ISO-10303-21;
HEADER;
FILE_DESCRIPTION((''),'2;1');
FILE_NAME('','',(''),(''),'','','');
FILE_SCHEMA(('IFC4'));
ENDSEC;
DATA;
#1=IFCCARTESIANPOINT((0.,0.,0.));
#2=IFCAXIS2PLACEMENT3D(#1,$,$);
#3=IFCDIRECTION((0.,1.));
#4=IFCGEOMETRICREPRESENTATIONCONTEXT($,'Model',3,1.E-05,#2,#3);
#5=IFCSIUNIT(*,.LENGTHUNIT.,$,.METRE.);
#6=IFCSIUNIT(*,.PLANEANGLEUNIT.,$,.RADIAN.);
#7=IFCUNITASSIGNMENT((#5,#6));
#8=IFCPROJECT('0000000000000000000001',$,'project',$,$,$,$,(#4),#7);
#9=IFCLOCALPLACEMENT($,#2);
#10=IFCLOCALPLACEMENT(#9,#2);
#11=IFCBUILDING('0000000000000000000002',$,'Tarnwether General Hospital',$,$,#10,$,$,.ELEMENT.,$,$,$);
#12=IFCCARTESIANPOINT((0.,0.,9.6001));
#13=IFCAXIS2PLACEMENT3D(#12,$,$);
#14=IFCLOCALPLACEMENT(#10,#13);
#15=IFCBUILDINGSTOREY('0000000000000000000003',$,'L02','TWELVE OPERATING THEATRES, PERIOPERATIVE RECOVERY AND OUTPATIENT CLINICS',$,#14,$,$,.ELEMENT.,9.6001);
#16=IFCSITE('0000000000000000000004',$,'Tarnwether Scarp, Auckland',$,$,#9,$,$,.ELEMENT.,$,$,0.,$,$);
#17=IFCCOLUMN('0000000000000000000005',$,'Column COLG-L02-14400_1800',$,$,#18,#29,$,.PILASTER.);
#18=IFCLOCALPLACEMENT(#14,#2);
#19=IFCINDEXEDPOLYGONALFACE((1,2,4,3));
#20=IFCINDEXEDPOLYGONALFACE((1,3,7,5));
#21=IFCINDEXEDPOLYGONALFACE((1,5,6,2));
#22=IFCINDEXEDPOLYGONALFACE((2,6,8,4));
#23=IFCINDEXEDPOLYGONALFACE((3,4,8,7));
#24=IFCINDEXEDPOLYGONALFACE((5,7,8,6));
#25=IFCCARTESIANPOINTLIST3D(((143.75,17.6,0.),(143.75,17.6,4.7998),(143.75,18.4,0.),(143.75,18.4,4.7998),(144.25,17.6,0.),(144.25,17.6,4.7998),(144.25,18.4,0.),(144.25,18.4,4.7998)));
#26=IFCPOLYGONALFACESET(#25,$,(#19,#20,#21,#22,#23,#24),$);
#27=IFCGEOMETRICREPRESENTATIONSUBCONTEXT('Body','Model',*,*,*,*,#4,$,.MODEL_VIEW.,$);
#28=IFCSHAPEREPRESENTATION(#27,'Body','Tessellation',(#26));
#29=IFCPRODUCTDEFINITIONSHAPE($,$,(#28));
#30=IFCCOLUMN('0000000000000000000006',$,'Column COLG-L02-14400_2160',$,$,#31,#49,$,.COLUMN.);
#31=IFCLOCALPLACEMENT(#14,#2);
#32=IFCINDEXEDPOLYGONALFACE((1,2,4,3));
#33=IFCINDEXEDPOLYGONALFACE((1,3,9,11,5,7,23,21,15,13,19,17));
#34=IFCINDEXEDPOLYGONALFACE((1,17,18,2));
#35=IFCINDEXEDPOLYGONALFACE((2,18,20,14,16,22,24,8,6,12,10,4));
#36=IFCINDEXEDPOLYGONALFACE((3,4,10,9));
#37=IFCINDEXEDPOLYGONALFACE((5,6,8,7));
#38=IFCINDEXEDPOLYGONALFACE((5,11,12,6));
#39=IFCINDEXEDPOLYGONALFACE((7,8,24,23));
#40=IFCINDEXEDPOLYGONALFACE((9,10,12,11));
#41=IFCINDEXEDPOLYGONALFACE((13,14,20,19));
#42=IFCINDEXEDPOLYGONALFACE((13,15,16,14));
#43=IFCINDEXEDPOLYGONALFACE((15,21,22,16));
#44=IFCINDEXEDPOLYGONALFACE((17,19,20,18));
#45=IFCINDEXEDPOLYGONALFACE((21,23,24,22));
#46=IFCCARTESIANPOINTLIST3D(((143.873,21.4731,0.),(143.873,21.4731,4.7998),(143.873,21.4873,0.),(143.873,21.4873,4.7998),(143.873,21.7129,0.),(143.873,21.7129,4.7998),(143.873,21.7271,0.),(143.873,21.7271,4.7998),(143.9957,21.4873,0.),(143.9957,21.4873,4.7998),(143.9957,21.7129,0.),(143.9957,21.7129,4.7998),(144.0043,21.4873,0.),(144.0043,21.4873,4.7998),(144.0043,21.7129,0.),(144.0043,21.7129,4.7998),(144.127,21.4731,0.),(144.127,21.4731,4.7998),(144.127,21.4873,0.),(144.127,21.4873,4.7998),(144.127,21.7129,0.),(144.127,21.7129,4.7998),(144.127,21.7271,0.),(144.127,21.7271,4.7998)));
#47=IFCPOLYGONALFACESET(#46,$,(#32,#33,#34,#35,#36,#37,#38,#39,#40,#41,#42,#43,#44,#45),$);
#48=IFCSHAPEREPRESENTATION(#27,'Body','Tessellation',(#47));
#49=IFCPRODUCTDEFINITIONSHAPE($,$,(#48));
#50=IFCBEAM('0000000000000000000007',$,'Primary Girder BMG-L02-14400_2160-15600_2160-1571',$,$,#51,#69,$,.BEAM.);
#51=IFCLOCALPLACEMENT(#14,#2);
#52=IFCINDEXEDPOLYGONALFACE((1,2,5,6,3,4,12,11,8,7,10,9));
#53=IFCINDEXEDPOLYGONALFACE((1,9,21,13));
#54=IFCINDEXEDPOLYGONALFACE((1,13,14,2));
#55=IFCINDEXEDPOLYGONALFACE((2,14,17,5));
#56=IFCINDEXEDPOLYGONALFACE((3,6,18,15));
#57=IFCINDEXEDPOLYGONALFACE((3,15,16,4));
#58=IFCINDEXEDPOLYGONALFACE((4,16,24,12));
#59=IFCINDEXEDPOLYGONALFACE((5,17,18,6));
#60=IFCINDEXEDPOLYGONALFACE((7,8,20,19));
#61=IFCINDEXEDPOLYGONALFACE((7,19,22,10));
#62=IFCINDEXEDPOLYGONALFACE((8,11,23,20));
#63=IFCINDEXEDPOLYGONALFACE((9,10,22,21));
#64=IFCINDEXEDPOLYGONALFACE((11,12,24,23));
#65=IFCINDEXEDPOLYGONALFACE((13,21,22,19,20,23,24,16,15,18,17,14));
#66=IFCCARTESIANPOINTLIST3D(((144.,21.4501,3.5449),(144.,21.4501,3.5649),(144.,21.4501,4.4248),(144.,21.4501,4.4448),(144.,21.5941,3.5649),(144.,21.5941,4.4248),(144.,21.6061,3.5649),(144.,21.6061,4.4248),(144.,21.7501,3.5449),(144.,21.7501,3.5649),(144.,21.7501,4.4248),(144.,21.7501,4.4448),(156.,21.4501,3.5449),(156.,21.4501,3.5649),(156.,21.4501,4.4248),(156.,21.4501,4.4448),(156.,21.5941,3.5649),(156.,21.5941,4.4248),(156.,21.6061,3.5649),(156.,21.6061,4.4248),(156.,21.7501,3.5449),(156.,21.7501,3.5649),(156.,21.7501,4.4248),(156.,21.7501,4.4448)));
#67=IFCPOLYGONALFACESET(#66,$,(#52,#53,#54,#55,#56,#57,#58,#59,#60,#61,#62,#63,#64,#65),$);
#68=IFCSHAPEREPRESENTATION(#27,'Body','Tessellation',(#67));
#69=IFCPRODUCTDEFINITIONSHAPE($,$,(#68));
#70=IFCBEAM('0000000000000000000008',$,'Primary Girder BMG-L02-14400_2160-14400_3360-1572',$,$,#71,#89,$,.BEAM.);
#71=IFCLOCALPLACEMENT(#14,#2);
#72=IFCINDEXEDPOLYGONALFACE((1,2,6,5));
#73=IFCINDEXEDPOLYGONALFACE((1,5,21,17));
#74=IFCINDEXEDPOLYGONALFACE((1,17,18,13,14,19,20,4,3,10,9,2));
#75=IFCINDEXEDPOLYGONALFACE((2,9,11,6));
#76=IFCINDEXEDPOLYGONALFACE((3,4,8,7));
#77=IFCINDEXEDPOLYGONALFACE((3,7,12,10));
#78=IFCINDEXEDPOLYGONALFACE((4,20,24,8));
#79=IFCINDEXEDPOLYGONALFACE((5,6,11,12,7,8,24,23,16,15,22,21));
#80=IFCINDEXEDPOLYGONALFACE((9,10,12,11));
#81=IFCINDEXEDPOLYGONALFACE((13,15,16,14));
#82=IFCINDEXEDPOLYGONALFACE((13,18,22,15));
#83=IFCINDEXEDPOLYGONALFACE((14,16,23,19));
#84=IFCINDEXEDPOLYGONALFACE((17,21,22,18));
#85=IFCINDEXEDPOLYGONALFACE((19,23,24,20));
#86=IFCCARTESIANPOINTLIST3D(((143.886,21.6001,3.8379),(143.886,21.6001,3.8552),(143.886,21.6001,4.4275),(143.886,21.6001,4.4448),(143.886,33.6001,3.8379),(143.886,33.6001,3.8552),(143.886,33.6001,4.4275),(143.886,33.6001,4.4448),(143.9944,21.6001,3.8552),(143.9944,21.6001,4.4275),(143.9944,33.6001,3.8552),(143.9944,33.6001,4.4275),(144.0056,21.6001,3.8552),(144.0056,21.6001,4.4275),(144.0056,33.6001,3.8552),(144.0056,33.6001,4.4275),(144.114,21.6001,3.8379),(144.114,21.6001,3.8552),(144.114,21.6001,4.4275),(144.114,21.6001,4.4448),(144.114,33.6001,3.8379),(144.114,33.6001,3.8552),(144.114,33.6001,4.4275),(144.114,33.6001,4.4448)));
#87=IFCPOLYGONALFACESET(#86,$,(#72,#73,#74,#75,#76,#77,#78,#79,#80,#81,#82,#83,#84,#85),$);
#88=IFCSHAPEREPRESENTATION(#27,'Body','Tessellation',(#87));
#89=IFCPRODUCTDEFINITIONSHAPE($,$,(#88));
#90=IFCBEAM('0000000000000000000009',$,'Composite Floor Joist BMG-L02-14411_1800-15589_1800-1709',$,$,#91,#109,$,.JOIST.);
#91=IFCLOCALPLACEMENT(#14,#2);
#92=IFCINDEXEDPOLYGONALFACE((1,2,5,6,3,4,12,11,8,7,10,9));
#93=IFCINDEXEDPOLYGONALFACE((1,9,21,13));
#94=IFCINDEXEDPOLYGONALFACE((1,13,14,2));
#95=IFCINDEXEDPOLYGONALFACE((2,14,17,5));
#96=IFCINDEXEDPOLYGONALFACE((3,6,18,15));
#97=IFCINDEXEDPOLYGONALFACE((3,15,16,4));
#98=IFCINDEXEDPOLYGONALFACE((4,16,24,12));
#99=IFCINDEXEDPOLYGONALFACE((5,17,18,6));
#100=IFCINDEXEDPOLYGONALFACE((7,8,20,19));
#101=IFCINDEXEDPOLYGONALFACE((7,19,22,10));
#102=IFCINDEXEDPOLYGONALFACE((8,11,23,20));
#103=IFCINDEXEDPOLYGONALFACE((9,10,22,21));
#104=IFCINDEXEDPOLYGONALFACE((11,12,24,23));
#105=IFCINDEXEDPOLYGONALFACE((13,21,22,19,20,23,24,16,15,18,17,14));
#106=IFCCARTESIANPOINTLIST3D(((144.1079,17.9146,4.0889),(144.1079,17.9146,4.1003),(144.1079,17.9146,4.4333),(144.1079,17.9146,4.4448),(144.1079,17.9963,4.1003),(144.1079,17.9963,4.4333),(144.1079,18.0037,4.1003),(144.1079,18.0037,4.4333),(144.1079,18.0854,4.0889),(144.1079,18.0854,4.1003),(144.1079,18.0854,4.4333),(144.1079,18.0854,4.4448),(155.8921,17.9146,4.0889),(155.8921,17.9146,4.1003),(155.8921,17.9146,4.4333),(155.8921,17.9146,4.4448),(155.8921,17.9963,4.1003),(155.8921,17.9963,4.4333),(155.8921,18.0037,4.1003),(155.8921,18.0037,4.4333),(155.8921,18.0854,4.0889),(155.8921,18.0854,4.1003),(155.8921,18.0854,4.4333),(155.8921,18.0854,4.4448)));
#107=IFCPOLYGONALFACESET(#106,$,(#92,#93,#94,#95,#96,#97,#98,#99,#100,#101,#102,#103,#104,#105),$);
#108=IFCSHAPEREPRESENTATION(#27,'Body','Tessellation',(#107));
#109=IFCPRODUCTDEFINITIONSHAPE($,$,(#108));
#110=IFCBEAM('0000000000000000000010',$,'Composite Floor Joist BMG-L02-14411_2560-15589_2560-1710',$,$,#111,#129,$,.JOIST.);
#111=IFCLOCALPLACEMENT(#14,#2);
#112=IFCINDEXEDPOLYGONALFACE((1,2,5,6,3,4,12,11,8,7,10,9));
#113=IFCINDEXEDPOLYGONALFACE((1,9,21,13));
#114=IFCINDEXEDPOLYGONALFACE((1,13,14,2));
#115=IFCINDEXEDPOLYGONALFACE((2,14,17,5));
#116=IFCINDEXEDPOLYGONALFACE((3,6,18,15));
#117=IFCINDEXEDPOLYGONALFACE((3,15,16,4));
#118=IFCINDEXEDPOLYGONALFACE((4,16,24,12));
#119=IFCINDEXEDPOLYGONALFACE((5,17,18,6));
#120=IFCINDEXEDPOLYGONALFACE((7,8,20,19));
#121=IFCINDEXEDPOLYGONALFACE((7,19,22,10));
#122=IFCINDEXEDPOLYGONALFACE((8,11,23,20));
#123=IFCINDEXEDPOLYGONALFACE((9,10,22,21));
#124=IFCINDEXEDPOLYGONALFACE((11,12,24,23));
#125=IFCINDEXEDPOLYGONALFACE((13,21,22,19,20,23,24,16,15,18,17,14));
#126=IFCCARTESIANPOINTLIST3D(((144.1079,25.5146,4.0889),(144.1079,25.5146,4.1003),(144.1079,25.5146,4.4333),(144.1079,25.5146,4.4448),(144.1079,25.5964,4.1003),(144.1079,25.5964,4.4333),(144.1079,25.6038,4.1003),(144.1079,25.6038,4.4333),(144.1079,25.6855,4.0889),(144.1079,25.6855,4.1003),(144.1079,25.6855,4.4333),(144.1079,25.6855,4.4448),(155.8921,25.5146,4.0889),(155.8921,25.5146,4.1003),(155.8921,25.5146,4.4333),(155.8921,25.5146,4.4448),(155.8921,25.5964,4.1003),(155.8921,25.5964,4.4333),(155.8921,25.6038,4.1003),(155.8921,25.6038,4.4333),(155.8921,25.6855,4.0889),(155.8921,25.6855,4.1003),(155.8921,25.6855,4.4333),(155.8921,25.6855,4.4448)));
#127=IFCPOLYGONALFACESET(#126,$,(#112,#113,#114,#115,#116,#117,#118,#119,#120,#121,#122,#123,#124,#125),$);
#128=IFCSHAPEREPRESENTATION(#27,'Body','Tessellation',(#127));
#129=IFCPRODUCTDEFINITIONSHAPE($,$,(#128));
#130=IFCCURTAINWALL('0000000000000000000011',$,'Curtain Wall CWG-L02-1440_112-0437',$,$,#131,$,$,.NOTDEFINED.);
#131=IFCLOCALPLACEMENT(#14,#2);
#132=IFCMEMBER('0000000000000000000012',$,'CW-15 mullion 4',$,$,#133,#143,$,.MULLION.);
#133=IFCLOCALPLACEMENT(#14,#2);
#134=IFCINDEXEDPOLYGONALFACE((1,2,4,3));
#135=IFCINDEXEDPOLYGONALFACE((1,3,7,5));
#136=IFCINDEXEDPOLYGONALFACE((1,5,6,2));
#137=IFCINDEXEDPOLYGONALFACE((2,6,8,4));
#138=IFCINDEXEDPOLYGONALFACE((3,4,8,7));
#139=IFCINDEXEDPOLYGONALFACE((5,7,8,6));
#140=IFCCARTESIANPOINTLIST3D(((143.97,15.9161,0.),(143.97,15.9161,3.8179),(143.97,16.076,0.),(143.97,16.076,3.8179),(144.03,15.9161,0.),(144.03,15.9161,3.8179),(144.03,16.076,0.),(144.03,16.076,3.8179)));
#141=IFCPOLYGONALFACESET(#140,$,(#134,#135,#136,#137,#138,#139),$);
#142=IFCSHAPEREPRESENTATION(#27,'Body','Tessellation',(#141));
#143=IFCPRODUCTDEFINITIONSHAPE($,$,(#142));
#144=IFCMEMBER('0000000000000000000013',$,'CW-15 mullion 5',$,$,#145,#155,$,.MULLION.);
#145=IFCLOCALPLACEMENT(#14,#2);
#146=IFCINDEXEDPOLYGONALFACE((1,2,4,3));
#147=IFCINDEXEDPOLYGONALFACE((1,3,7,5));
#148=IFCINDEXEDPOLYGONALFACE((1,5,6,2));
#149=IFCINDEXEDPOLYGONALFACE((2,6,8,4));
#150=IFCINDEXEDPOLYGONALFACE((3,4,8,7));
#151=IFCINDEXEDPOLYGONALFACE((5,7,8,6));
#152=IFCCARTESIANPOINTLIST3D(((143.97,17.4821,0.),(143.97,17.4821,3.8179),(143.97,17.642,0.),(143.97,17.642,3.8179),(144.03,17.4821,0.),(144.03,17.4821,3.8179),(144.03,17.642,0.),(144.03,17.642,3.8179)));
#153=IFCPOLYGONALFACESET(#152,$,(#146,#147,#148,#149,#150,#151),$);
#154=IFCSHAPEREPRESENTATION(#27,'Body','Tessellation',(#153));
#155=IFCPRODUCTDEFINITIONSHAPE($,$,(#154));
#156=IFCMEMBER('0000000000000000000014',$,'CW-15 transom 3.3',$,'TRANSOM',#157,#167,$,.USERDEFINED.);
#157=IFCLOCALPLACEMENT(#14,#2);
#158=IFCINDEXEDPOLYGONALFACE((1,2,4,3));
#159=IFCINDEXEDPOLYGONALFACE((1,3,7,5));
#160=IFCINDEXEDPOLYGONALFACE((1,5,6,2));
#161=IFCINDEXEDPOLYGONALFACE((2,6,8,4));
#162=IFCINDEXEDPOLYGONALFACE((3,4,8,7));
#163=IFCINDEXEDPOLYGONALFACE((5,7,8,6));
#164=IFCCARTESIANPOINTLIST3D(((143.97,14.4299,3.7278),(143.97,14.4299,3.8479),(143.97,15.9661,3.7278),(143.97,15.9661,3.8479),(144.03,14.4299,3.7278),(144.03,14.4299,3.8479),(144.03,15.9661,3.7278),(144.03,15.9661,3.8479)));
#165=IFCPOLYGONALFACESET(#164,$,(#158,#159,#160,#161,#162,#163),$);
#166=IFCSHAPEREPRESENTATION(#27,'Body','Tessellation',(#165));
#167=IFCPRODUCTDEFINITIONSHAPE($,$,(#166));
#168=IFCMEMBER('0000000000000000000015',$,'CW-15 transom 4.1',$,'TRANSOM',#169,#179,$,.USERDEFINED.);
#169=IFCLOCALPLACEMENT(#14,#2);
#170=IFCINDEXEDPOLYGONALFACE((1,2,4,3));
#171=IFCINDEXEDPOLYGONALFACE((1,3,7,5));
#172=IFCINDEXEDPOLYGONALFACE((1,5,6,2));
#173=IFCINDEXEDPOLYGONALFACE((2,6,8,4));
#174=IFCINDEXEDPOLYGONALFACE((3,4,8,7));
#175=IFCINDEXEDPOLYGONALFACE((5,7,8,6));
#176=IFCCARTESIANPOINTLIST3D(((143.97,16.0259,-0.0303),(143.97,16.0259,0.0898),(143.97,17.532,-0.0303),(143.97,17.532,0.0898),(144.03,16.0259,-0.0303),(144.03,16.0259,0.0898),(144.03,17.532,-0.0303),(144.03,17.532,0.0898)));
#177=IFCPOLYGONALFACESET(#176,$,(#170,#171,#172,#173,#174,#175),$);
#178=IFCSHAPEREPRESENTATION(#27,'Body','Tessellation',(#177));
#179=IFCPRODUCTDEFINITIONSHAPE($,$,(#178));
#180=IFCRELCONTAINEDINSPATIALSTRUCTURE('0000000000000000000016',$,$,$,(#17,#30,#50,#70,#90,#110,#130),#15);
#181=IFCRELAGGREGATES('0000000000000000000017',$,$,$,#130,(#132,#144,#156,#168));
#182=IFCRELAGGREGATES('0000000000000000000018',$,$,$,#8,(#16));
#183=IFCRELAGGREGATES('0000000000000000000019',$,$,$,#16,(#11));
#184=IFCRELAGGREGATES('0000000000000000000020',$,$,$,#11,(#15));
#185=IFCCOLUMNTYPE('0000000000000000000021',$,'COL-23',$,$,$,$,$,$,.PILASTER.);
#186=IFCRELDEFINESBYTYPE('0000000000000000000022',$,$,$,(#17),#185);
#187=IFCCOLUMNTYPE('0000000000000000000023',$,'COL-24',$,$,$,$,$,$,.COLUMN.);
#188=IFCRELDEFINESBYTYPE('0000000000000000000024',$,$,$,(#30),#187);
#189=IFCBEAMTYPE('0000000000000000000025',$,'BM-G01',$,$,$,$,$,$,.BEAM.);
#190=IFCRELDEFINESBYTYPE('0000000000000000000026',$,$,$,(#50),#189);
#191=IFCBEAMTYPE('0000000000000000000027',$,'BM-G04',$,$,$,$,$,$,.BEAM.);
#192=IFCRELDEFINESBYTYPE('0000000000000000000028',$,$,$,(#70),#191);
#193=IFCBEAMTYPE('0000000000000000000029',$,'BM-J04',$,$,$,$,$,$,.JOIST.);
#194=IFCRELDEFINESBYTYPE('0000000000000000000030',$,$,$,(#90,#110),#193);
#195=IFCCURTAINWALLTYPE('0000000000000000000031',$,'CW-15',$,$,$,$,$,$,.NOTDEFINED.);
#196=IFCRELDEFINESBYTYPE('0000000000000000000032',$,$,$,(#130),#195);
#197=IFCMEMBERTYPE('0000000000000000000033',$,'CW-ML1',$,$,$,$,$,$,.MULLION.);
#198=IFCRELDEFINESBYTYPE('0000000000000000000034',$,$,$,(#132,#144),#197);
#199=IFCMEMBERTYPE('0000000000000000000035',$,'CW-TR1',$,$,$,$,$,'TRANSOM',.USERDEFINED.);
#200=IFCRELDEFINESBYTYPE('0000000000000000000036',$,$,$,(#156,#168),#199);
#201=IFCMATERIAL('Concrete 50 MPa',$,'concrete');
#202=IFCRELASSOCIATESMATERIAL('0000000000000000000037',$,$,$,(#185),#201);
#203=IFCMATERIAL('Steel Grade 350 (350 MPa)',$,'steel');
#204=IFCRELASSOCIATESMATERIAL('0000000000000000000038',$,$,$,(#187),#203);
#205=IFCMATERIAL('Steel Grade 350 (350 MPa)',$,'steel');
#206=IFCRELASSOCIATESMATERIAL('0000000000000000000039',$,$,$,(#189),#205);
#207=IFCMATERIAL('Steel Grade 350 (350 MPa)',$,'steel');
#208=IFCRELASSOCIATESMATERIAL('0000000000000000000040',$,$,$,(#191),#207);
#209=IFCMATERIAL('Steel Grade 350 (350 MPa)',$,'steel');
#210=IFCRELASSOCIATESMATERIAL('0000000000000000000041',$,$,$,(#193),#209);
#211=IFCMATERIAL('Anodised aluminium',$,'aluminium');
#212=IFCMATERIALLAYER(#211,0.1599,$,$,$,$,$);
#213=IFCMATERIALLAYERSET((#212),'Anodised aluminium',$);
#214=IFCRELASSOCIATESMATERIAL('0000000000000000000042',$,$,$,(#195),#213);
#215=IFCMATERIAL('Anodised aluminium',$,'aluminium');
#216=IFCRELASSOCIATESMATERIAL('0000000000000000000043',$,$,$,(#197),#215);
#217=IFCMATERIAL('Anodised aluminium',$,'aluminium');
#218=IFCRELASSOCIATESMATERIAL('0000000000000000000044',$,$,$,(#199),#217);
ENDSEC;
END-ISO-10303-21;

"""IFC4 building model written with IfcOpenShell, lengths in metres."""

from ifc_helpers import new_model, si_unit, direction, frame, origin, origin_2d, place, context, subcontext, project, spatial, rectangle, i_section, extrude, material, layer, layer_set, material_profile, profile_set, type_object, element, aggregate, save


model = new_model("IFC4")

# Units and contexts
model_context = context("Model", 3, precision=1e-05, world=origin(), true_north=direction((0.0, 1.0)))
body_context = subcontext(model_context, "Body", "Model", "MODEL_VIEW")
ifc_project = project(units=[si_unit("LENGTHUNIT", "METRE"), si_unit("PLANEANGLEUNIT", "RADIAN")], contexts=[model_context])

# Site, building, storey
site_placement = place(None, origin())
site = spatial("IfcSite", under=ifc_project, at=site_placement, Name="Tarnwether Scarp, Auckland", CompositionType="ELEMENT", RefElevation=0.0)
building_placement = place(site_placement, origin())
building = spatial("IfcBuilding", under=site, at=building_placement, Name="Tarnwether General Hospital", CompositionType="ELEMENT")
storey_placement = place(building_placement, frame((0.0, 0.0, 9.6001)))
storey = spatial("IfcBuildingStorey", under=building, at=storey_placement, Name="L02", Description="TWELVE OPERATING THEATRES, PERIOPERATIVE RECOVERY AND OUTPATIENT CLINICS", CompositionType="ELEMENT", Elevation=9.6001)

# Columns
ifc_material_1 = material(Name="Concrete 50 MPa", Category="concrete")
ifc_material_profile_1 = material_profile(ifc_material_1, rectangle(XDim=0.5, YDim=0.8, at=origin_2d()), Name="RC-PIL-500x800")
ifc_profile_set_1 = profile_set([ifc_material_profile_1], Name="Concrete 50 MPa")
column_type_1 = type_object("IfcColumnType", Name="COL-23", PredefinedType="PILASTER", material=ifc_profile_set_1)
column_1_placement = place(storey_placement, frame((144.0, 18.0, 0.0), z_axis=(0.0, 0.0, 1.0), x_axis=(1.0, 0.0, 0.0)))
element("IfcColumn", 1, at=column_1_placement, inside=storey, type_object=column_type_1, Name="Column COLG-L02-14400_1800", PredefinedType="PILASTER", context=body_context, shape_type="SweptSolid", body=[
    extrude(rectangle(XDim=0.5, YDim=0.8, at=origin_2d()), origin(), (0.0, 0.0, 1.0), 4.7998),
])
ifc_material_2 = material(Name="Steel Grade 350 (350 MPa)", Category="steel")
ifc_material_profile_2 = material_profile(ifc_material_2, i_section(OverallWidth=0.2539, OverallDepth=0.2539, WebThickness=0.0085, FlangeThickness=0.0142, at=origin_2d()), Name="250UC72.9")
ifc_profile_set_2 = profile_set([ifc_material_profile_2], Name="Steel Grade 350 (350 MPa)")
column_type_2 = type_object("IfcColumnType", Name="COL-24", PredefinedType="COLUMN", material=ifc_profile_set_2)
column_2_placement = place(storey_placement, frame((144.0, 21.6001, 0.0), z_axis=(0.0, 0.0, 1.0), x_axis=(1.0, 0.0, 0.0)))
element("IfcColumn", 2, at=column_2_placement, inside=storey, type_object=column_type_2, Name="Column COLG-L02-14400_2160", PredefinedType="COLUMN", context=body_context, shape_type="SweptSolid", body=[
    extrude(i_section(OverallWidth=0.2539, OverallDepth=0.2539, WebThickness=0.0085, FlangeThickness=0.0142, at=origin_2d()), origin(), (0.0, 0.0, 1.0), 4.7998),
])

# Beams
ifc_material_3 = material(Name="Steel Grade 350 (350 MPa)", Category="steel")
ifc_material_profile_3 = material_profile(ifc_material_3, i_section(OverallWidth=0.3, OverallDepth=0.8999, WebThickness=0.012, FlangeThickness=0.02, at=origin_2d()), Name="900WB175")
ifc_profile_set_3 = profile_set([ifc_material_profile_3], Name="Steel Grade 350 (350 MPa)")
beam_type_1 = type_object("IfcBeamType", Name="BM-G01", PredefinedType="BEAM", material=ifc_profile_set_3)
beam_1_placement = place(storey_placement, frame((144.0, 21.6001, 3.9949), z_axis=(1.0, 0.0, 0.0), x_axis=(0.0, 1.0, 0.0)))
element("IfcBeam", 3, at=beam_1_placement, inside=storey, type_object=beam_type_1, Name="Primary Girder BMG-L02-14400_2160-15600_2160-1571", PredefinedType="BEAM", context=body_context, shape_type="SweptSolid", body=[
    extrude(i_section(OverallWidth=0.3, OverallDepth=0.8999, WebThickness=0.012, FlangeThickness=0.02, at=origin_2d()), origin(), (0.0, 0.0, 1.0), 12.0),
])
ifc_material_4 = material(Name="Steel Grade 350 (350 MPa)", Category="steel")
ifc_material_profile_4 = material_profile(ifc_material_4, i_section(OverallWidth=0.228, OverallDepth=0.6069, WebThickness=0.0112, FlangeThickness=0.0173, at=origin_2d()), Name="610UB113")
ifc_profile_set_4 = profile_set([ifc_material_profile_4], Name="Steel Grade 350 (350 MPa)")
beam_type_2 = type_object("IfcBeamType", Name="BM-G04", PredefinedType="BEAM", material=ifc_profile_set_4)
beam_2_placement = place(storey_placement, frame((144.0, 21.6001, 4.1414), z_axis=(0.0, 1.0, 0.0), x_axis=(-1.0, 0.0, 0.0)))
element("IfcBeam", 4, at=beam_2_placement, inside=storey, type_object=beam_type_2, Name="Primary Girder BMG-L02-14400_2160-14400_3360-1572", PredefinedType="BEAM", context=body_context, shape_type="SweptSolid", body=[
    extrude(i_section(OverallWidth=0.228, OverallDepth=0.6069, WebThickness=0.0112, FlangeThickness=0.0173, at=origin_2d()), origin(), (0.0, 0.0, 1.0), 12.0),
])
ifc_material_5 = material(Name="Steel Grade 350 (350 MPa)", Category="steel")
ifc_material_profile_5 = material_profile(ifc_material_5, i_section(OverallWidth=0.1709, OverallDepth=0.356, WebThickness=0.0073, FlangeThickness=0.0115, at=origin_2d()), Name="360UB50.7")
ifc_profile_set_5 = profile_set([ifc_material_profile_5], Name="Steel Grade 350 (350 MPa)")
beam_type_3 = type_object("IfcBeamType", Name="BM-J04", PredefinedType="JOIST", material=ifc_profile_set_5)
for number, where, z_axis, x_axis, name in (
    (5, (144.1079, 18.0, 4.2668), (1.0, 0.0, 0.0), (0.0, 1.0, 0.0), "Composite Floor Joist BMG-L02-14411_1800-15589_1800-1709"),
    (6, (144.1079, 25.6001, 4.2668), (1.0, 0.0, 0.0), (0.0, 1.0, 0.0), "Composite Floor Joist BMG-L02-14411_2560-15589_2560-1710"),
):
    element("IfcBeam", number, at=place(storey_placement, frame(where, z_axis=z_axis, x_axis=x_axis)), inside=storey, type_object=beam_type_3, Name=name, PredefinedType="JOIST", context=body_context, shape_type="SweptSolid", body=[
        extrude(i_section(OverallWidth=0.1709, OverallDepth=0.356, WebThickness=0.0073, FlangeThickness=0.0115, at=origin_2d()), origin(), (0.0, 0.0, 1.0), 11.7842),
    ])

# Curtain wall, members
ifc_material_6 = material(Name="Anodised aluminium", Category="aluminium")
ifc_layer_1 = layer(ifc_material_6, 0.1599)
ifc_layer_set_1 = layer_set([ifc_layer_1], Name="Anodised aluminium")
curtain_wall_type = type_object("IfcCurtainWallType", Name="CW-15", PredefinedType="NOTDEFINED", material=ifc_layer_set_1)
curtain_wall_placement = place(storey_placement, origin())
curtain_wall = element("IfcCurtainWall", 7, at=curtain_wall_placement, inside=storey, type_object=curtain_wall_type, Name="Curtain Wall CWG-L02-1440_112-0437", PredefinedType="NOTDEFINED")
ifc_material_7 = material(Name="Anodised aluminium", Category="aluminium")
ifc_material_profile_6 = material_profile(ifc_material_7, rectangle(XDim=0.0601, YDim=0.1599, at=origin_2d()), Name="ALU-MUL-60x160")
ifc_profile_set_6 = profile_set([ifc_material_profile_6], Name="Anodised aluminium")
member_type_1 = type_object("IfcMemberType", Name="CW-ML1", PredefinedType="MULLION", material=ifc_profile_set_6)
member_1_placement = place(storey_placement, frame((144.0, 15.9961, 0.0), z_axis=(0.0, 0.0, 1.0), x_axis=(-1.0, 0.0, 0.0)))
member_1 = element("IfcMember", 8, at=member_1_placement, type_object=member_type_1, Name="CW-15 mullion 4", PredefinedType="MULLION", context=body_context, shape_type="SweptSolid", body=[
    extrude(rectangle(XDim=0.0601, YDim=0.1599, at=origin_2d()), origin(), (0.0, 0.0, 1.0), 3.8179),
])
member_2_placement = place(storey_placement, frame((144.0, 17.562, 0.0), z_axis=(0.0, 0.0, 1.0), x_axis=(-1.0, 0.0, 0.0)))
member_2 = element("IfcMember", 9, at=member_2_placement, type_object=member_type_1, Name="CW-15 mullion 5", PredefinedType="MULLION", context=body_context, shape_type="SweptSolid", body=[
    extrude(rectangle(XDim=0.0601, YDim=0.1599, at=origin_2d()), origin(), (0.0, 0.0, 1.0), 3.8179),
])
ifc_material_8 = material(Name="Anodised aluminium", Category="aluminium")
ifc_material_profile_7 = material_profile(ifc_material_8, rectangle(XDim=0.0601, YDim=0.1201, at=origin_2d()), Name="ALU-TRN-60x120")
ifc_profile_set_7 = profile_set([ifc_material_profile_7], Name="Anodised aluminium")
member_type_2 = type_object("IfcMemberType", Name="CW-TR1", ElementType="TRANSOM", PredefinedType="USERDEFINED", material=ifc_profile_set_7)
member_3_placement = place(storey_placement, frame((144.0, 14.4299, 3.7878), z_axis=(0.0, 1.0, 0.0), x_axis=(-1.0, 0.0, 0.0)))
member_3 = element("IfcMember", 10, at=member_3_placement, type_object=member_type_2, Name="CW-15 transom 3.3", ObjectType="TRANSOM", PredefinedType="USERDEFINED", context=body_context, shape_type="SweptSolid", body=[
    extrude(rectangle(XDim=0.0601, YDim=0.1201, at=origin_2d()), origin(), (0.0, 0.0, 1.0), 1.5361),
])
member_4_placement = place(storey_placement, frame((144.0, 16.0259, 0.0298), z_axis=(0.0, 1.0, 0.0), x_axis=(-1.0, 0.0, 0.0)))
member_4 = element("IfcMember", 11, at=member_4_placement, type_object=member_type_2, Name="CW-15 transom 4.1", ObjectType="TRANSOM", PredefinedType="USERDEFINED", context=body_context, shape_type="SweptSolid", body=[
    extrude(rectangle(XDim=0.0601, YDim=0.1201, at=origin_2d()), origin(), (0.0, 0.0, 1.0), 1.5061),
])
aggregate(curtain_wall, [member_1, member_2, member_3, member_4])

save(model, "model.ifc")
